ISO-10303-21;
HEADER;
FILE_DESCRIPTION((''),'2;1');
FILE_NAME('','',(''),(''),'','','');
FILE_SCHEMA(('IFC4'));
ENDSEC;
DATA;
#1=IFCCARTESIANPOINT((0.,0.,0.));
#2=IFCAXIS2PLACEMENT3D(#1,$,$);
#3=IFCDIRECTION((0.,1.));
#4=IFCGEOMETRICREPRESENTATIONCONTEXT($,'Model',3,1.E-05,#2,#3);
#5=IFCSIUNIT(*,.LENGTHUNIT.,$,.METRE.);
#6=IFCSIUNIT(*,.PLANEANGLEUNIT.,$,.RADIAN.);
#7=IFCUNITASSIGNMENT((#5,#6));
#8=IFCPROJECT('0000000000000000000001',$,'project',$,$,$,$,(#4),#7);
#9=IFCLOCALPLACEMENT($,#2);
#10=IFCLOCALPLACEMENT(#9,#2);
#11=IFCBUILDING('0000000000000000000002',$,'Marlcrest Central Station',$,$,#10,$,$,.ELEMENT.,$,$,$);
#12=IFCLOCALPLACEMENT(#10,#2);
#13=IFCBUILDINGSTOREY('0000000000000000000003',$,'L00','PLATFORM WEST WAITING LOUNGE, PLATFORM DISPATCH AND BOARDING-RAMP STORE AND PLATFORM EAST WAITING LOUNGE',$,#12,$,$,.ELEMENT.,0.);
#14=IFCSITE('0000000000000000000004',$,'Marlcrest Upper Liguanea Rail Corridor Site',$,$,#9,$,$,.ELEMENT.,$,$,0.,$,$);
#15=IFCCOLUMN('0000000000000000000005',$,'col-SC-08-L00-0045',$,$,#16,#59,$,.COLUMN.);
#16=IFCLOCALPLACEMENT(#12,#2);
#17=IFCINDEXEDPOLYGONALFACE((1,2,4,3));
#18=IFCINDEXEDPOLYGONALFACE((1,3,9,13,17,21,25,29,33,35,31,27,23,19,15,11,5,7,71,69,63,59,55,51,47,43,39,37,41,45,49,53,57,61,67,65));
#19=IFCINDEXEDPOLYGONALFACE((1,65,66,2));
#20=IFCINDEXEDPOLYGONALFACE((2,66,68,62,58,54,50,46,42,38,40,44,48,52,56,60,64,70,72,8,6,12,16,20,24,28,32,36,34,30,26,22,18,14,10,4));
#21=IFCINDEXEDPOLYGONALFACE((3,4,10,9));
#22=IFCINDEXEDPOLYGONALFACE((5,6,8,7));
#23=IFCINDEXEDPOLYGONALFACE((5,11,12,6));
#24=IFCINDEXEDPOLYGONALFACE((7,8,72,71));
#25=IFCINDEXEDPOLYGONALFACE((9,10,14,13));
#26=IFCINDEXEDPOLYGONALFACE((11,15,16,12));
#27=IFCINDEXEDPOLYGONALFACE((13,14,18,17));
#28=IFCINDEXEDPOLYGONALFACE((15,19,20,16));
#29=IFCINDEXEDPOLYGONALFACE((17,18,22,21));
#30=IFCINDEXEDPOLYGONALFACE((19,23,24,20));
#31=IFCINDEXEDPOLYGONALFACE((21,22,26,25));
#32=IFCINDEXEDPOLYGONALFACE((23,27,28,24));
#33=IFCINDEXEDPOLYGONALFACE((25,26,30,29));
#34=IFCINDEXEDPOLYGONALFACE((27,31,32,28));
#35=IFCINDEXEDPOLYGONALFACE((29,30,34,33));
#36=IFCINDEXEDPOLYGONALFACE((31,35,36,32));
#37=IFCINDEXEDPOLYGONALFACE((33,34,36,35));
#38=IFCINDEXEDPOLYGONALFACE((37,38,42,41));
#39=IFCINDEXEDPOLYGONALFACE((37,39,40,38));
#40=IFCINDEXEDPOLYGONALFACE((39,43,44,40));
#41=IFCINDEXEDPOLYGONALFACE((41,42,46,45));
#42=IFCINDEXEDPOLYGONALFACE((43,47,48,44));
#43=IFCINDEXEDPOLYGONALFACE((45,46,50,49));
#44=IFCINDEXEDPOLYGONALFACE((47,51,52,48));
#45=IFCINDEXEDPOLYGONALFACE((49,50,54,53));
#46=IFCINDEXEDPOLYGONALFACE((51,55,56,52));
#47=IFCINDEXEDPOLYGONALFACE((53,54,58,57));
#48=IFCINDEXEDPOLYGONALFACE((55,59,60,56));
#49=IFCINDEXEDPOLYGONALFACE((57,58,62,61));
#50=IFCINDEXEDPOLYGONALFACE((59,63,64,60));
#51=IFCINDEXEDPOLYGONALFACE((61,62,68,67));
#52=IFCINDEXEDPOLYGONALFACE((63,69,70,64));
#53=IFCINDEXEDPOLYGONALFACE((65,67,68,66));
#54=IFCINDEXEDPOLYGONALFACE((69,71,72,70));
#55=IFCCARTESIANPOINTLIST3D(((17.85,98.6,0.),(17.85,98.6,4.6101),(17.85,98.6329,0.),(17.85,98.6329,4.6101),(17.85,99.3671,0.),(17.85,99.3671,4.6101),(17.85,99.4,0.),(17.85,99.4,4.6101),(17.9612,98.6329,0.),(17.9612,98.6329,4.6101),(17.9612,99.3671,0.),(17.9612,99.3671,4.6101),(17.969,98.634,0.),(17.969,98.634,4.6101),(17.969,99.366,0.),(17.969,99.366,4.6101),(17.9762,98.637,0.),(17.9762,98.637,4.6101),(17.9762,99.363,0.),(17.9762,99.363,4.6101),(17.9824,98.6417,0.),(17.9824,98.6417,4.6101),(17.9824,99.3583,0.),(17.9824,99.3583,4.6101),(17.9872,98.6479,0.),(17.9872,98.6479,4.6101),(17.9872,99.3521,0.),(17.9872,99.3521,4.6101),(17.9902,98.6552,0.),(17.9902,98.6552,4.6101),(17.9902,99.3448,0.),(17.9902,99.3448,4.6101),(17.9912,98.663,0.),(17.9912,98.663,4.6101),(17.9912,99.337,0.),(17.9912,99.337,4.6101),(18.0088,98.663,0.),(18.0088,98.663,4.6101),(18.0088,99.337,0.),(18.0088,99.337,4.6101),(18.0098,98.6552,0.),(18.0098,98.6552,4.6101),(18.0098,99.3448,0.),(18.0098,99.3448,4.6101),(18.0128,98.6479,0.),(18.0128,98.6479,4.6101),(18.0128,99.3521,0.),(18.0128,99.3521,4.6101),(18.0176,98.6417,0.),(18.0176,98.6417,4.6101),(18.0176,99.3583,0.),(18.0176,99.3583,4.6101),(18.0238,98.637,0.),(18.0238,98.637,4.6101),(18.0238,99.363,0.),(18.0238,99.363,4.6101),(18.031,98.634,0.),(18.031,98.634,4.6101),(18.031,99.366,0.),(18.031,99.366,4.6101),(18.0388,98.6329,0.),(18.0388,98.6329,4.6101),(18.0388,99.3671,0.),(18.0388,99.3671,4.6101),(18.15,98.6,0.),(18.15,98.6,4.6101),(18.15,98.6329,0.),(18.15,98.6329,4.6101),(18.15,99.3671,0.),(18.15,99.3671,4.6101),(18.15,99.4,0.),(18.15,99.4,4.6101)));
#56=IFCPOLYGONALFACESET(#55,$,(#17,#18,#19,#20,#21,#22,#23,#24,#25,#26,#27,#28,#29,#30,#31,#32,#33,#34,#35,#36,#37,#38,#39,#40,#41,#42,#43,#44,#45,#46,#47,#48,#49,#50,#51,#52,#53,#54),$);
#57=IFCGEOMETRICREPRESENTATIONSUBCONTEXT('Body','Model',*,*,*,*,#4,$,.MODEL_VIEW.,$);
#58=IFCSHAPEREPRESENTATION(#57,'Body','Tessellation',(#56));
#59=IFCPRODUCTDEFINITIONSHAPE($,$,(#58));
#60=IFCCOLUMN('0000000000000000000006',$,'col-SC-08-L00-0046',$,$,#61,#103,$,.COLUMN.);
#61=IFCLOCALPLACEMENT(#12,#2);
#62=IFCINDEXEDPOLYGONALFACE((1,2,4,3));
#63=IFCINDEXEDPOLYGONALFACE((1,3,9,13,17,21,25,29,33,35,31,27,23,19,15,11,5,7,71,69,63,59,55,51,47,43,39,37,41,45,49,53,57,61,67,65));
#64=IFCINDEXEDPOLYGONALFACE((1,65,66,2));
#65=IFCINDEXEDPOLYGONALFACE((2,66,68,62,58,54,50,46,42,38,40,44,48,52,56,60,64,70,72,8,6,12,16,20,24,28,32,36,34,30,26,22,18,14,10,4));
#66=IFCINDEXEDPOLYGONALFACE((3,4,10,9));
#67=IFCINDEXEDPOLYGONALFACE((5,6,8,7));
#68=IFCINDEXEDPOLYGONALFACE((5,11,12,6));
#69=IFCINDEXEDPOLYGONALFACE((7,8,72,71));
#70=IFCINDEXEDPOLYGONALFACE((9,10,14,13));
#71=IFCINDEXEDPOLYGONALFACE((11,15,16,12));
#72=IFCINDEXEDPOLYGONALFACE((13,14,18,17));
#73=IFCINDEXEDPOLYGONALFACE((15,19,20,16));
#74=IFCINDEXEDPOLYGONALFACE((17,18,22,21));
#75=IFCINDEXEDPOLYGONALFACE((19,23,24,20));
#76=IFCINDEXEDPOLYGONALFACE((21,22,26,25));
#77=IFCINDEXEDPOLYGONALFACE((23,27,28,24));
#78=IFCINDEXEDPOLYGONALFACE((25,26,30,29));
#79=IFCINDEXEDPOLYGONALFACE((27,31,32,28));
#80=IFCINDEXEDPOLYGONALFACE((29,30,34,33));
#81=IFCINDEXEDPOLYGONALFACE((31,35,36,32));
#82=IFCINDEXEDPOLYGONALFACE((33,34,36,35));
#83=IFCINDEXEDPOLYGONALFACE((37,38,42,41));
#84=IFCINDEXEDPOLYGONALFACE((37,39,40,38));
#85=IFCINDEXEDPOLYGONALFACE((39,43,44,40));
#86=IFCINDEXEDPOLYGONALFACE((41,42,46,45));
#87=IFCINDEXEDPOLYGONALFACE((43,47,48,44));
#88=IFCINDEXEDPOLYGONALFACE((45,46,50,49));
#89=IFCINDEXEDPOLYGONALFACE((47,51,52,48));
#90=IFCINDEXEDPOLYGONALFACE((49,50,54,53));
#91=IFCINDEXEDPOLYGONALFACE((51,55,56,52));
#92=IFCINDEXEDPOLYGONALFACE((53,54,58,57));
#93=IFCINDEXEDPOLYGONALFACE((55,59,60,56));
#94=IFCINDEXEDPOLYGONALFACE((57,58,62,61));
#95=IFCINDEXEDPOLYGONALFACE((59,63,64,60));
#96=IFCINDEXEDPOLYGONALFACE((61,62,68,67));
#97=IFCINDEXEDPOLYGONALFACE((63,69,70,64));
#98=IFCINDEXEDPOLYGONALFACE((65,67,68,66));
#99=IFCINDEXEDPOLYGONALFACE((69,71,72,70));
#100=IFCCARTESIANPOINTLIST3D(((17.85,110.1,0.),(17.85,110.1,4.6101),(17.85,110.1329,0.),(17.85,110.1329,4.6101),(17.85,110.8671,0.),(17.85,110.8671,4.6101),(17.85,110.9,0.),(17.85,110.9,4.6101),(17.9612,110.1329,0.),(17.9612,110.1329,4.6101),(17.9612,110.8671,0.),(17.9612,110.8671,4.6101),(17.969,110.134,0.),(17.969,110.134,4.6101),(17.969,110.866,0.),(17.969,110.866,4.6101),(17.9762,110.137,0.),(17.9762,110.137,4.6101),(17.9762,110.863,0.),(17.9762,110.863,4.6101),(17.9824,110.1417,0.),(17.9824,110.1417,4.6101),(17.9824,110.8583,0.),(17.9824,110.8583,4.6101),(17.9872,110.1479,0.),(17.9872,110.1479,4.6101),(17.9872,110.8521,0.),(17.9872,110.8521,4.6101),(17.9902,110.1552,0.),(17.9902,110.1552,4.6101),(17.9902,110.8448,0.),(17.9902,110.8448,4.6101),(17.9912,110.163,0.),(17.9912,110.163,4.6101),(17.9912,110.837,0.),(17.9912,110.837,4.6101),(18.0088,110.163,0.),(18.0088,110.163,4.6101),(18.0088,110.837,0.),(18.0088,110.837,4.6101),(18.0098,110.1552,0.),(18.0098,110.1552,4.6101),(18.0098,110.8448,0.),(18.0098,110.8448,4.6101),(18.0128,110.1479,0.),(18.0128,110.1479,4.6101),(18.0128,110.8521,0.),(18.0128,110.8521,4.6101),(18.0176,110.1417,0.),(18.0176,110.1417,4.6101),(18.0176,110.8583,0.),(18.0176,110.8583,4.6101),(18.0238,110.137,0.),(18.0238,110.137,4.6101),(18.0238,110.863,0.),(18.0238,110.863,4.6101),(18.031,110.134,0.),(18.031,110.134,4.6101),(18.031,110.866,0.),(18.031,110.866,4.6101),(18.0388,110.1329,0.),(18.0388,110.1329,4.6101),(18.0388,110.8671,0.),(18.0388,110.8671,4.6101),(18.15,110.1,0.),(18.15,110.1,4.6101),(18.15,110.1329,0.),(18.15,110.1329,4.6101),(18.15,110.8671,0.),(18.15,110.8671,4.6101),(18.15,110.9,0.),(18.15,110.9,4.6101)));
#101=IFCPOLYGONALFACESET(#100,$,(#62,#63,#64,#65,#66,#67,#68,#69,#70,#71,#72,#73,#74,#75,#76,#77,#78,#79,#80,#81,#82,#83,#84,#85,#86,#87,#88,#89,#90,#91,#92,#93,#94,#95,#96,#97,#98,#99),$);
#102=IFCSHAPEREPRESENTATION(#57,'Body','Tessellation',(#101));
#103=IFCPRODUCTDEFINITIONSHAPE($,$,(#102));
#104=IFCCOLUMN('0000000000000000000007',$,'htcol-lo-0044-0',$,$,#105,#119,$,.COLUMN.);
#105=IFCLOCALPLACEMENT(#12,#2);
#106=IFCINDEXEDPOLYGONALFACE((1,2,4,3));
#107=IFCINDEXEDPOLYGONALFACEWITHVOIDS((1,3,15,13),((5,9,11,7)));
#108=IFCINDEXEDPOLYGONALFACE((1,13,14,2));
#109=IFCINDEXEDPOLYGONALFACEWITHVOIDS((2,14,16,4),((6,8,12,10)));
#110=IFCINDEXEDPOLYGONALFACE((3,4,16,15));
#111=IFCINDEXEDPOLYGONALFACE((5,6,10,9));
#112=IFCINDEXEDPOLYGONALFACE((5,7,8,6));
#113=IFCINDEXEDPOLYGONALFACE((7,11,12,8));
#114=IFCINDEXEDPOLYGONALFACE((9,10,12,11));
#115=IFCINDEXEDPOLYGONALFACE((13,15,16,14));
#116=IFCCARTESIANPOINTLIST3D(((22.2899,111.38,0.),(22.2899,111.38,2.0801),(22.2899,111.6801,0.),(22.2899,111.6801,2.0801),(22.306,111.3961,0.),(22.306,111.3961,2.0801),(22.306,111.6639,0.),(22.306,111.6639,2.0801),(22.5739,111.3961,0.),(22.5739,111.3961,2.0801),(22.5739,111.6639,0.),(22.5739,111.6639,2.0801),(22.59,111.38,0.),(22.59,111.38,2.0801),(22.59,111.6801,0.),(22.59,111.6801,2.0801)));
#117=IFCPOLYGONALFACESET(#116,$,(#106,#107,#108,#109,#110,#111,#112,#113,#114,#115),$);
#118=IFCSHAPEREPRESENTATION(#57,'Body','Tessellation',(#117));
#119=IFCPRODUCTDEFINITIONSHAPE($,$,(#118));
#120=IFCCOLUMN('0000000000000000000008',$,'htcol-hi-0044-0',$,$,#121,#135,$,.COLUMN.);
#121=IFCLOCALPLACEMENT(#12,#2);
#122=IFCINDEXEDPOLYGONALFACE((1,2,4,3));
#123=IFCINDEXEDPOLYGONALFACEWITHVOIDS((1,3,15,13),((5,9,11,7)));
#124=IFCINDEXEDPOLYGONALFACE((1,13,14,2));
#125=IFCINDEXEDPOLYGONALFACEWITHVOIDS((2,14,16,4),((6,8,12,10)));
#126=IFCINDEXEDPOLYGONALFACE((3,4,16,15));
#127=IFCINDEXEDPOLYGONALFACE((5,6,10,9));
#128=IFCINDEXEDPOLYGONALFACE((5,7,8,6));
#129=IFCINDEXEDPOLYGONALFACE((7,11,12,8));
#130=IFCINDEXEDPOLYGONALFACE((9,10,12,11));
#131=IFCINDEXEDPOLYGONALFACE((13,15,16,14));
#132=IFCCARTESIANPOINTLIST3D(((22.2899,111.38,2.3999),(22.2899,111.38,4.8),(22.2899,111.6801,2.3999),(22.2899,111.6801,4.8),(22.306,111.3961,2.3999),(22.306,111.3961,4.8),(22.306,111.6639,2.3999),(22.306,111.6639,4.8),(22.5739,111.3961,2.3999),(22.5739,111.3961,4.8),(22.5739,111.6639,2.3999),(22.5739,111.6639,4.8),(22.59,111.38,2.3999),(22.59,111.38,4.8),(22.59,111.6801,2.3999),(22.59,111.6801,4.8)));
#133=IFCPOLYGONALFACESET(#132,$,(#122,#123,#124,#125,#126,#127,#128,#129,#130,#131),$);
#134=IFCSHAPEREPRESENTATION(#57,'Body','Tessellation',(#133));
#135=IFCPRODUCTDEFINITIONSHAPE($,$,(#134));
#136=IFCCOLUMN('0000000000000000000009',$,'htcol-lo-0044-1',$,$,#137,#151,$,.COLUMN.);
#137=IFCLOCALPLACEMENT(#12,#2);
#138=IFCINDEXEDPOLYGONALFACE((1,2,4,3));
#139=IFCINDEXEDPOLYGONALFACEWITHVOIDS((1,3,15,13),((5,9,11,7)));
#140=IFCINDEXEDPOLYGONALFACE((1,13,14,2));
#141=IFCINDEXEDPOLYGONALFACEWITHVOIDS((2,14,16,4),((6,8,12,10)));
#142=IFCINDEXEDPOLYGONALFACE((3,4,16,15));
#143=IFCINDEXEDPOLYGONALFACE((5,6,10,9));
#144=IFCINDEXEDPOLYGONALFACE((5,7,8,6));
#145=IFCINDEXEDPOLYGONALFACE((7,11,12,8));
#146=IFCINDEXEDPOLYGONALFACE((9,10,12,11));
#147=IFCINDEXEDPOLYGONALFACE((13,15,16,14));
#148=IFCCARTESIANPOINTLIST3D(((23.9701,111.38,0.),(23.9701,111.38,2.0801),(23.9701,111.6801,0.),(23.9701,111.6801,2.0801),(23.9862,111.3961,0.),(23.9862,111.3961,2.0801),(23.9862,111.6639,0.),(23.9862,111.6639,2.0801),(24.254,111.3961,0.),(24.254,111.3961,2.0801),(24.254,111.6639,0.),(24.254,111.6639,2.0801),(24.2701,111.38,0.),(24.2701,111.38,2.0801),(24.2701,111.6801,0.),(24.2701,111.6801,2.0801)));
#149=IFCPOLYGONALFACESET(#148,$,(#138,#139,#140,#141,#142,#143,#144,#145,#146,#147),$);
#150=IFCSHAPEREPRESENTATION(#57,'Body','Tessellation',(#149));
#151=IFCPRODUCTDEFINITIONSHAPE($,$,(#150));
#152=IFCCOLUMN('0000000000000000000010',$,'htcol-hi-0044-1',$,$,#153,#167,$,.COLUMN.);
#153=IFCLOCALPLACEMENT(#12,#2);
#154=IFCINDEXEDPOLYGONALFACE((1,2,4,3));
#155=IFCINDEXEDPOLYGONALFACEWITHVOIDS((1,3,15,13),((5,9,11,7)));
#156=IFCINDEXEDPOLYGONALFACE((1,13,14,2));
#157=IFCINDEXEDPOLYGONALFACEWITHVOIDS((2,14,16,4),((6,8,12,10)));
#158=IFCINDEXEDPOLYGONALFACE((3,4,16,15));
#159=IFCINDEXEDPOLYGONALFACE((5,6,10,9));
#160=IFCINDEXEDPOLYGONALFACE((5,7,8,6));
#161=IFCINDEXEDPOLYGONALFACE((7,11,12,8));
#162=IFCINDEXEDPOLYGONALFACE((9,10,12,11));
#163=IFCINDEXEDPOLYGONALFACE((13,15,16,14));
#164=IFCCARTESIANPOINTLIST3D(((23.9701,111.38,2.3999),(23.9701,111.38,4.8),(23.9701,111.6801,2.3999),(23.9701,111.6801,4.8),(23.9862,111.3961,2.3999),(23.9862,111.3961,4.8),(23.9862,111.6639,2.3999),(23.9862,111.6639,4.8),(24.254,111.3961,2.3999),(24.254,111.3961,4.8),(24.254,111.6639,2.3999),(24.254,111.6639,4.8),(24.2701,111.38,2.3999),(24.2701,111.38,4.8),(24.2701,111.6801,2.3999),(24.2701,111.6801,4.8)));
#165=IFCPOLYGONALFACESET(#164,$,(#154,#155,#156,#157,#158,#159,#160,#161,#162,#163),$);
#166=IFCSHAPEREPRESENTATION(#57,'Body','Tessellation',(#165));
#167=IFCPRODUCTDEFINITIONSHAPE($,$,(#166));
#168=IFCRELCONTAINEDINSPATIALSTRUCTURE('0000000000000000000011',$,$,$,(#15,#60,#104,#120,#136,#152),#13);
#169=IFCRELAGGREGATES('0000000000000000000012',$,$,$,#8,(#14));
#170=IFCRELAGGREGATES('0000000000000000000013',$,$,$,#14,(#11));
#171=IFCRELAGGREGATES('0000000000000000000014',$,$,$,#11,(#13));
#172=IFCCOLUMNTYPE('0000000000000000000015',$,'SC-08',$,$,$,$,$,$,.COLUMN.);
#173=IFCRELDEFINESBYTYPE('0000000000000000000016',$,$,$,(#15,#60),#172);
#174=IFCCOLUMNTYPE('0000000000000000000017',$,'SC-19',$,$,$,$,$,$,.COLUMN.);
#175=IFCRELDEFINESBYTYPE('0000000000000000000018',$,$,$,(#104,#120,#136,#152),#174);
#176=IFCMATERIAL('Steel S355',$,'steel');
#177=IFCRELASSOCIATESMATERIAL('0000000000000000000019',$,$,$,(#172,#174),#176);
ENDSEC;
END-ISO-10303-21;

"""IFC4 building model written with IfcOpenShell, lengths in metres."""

from ifc_helpers import new_model, si_unit, direction, frame, origin, origin_2d, place, context, subcontext, project, spatial, hollow_rectangle, i_section, extrude, material, material_profile, profile_set, type_object, element, save


model = new_model("IFC4")

# Units and contexts
model_context = context("Model", 3, precision=1e-05, world=origin(), true_north=direction((0.0, 1.0)))
body_context = subcontext(model_context, "Body", "Model", "MODEL_VIEW")
ifc_project = project(units=[si_unit("LENGTHUNIT", "METRE"), si_unit("PLANEANGLEUNIT", "RADIAN")], contexts=[model_context])

# Site, building, storey
site_placement = place(None, origin())
site = spatial("IfcSite", under=ifc_project, at=site_placement, Name="Marlcrest Upper Liguanea Rail Corridor Site", CompositionType="ELEMENT", RefElevation=0.0)
building_placement = place(site_placement, origin())
building = spatial("IfcBuilding", under=site, at=building_placement, Name="Marlcrest Central Station", CompositionType="ELEMENT")
storey_placement = place(building_placement, origin())
storey = spatial("IfcBuildingStorey", under=building, at=storey_placement, Name="L00", Description="PLATFORM WEST WAITING LOUNGE, PLATFORM DISPATCH AND BOARDING-RAMP STORE AND PLATFORM EAST WAITING LOUNGE", CompositionType="ELEMENT", Elevation=0.0)

# Columns
ifc_material_1 = material(Name="Steel S355", Category="steel")
ifc_material_profile_1 = material_profile(ifc_material_1, i_section(OverallWidth=0.3, OverallDepth=0.8, WebThickness=0.0176, FlangeThickness=0.033, FilletRadius=0.03, at=origin_2d()), Name="HEB 800")
ifc_profile_set_1 = profile_set([ifc_material_profile_1], Name="Steel S355")
column_type_1 = type_object("IfcColumnType", Name="SC-08", PredefinedType="COLUMN", material=ifc_profile_set_1)
for number, where, z_axis, x_axis, name in (
    (1, (18.0, 99.0, 0.0), (0.0, 0.0, 1.0), (1.0, 0.0, 0.0), "col-SC-08-L00-0045"),
    (2, (18.0, 110.5, 0.0), (0.0, 0.0, 1.0), (1.0, 0.0, 0.0), "col-SC-08-L00-0046"),
):
    element("IfcColumn", number, at=place(storey_placement, frame(where, z_axis=z_axis, x_axis=x_axis)), inside=storey, type_object=column_type_1, Name=name, PredefinedType="COLUMN", context=body_context, shape_type="SweptSolid", body=[
        extrude(i_section(OverallWidth=0.3, OverallDepth=0.8, WebThickness=0.0176, FlangeThickness=0.033, FilletRadius=0.03, at=origin_2d()), origin(), (0.0, 0.0, 1.0), 4.6101),
    ])
ifc_material_profile_2 = material_profile(ifc_material_1, hollow_rectangle(XDim=0.3, YDim=0.3, WallThickness=0.0161, at=origin_2d()), Name="SHS 300x300x16")
ifc_profile_set_2 = profile_set([ifc_material_profile_2], Name="Steel S355")
column_type_2 = type_object("IfcColumnType", Name="SC-19", PredefinedType="COLUMN", material=ifc_profile_set_2)
column_1_placement = place(storey_placement, frame((22.4399, 111.53, 0.0), z_axis=(0.0, 0.0, 1.0), x_axis=(1.0, 0.0, 0.0)))
element("IfcColumn", 3, at=column_1_placement, inside=storey, type_object=column_type_2, Name="htcol-lo-0044-0", PredefinedType="COLUMN", context=body_context, shape_type="SweptSolid", body=[
    extrude(hollow_rectangle(XDim=0.3, YDim=0.3, WallThickness=0.0161, at=origin_2d()), origin(), (0.0, 0.0, 1.0), 2.0801),
])
column_2_placement = place(storey_placement, frame((22.4399, 111.53, 2.3999), z_axis=(0.0, 0.0, 1.0), x_axis=(1.0, 0.0, 0.0)))
element("IfcColumn", 4, at=column_2_placement, inside=storey, type_object=column_type_2, Name="htcol-hi-0044-0", PredefinedType="COLUMN", context=body_context, shape_type="SweptSolid", body=[
    extrude(hollow_rectangle(XDim=0.3, YDim=0.3, WallThickness=0.0161, at=origin_2d()), origin(), (0.0, 0.0, 1.0), 2.4001),
])
column_3_placement = place(storey_placement, frame((24.1201, 111.53, 0.0), z_axis=(0.0, 0.0, 1.0), x_axis=(1.0, 0.0, 0.0)))
element("IfcColumn", 5, at=column_3_placement, inside=storey, type_object=column_type_2, Name="htcol-lo-0044-1", PredefinedType="COLUMN", context=body_context, shape_type="SweptSolid", body=[
    extrude(hollow_rectangle(XDim=0.3, YDim=0.3, WallThickness=0.0161, at=origin_2d()), origin(), (0.0, 0.0, 1.0), 2.0801),
])
column_4_placement = place(storey_placement, frame((24.1201, 111.53, 2.3999), z_axis=(0.0, 0.0, 1.0), x_axis=(1.0, 0.0, 0.0)))
element("IfcColumn", 6, at=column_4_placement, inside=storey, type_object=column_type_2, Name="htcol-hi-0044-1", PredefinedType="COLUMN", context=body_context, shape_type="SweptSolid", body=[
    extrude(hollow_rectangle(XDim=0.3, YDim=0.3, WallThickness=0.0161, at=origin_2d()), origin(), (0.0, 0.0, 1.0), 2.4001),
])

save(model, "model.ifc")
